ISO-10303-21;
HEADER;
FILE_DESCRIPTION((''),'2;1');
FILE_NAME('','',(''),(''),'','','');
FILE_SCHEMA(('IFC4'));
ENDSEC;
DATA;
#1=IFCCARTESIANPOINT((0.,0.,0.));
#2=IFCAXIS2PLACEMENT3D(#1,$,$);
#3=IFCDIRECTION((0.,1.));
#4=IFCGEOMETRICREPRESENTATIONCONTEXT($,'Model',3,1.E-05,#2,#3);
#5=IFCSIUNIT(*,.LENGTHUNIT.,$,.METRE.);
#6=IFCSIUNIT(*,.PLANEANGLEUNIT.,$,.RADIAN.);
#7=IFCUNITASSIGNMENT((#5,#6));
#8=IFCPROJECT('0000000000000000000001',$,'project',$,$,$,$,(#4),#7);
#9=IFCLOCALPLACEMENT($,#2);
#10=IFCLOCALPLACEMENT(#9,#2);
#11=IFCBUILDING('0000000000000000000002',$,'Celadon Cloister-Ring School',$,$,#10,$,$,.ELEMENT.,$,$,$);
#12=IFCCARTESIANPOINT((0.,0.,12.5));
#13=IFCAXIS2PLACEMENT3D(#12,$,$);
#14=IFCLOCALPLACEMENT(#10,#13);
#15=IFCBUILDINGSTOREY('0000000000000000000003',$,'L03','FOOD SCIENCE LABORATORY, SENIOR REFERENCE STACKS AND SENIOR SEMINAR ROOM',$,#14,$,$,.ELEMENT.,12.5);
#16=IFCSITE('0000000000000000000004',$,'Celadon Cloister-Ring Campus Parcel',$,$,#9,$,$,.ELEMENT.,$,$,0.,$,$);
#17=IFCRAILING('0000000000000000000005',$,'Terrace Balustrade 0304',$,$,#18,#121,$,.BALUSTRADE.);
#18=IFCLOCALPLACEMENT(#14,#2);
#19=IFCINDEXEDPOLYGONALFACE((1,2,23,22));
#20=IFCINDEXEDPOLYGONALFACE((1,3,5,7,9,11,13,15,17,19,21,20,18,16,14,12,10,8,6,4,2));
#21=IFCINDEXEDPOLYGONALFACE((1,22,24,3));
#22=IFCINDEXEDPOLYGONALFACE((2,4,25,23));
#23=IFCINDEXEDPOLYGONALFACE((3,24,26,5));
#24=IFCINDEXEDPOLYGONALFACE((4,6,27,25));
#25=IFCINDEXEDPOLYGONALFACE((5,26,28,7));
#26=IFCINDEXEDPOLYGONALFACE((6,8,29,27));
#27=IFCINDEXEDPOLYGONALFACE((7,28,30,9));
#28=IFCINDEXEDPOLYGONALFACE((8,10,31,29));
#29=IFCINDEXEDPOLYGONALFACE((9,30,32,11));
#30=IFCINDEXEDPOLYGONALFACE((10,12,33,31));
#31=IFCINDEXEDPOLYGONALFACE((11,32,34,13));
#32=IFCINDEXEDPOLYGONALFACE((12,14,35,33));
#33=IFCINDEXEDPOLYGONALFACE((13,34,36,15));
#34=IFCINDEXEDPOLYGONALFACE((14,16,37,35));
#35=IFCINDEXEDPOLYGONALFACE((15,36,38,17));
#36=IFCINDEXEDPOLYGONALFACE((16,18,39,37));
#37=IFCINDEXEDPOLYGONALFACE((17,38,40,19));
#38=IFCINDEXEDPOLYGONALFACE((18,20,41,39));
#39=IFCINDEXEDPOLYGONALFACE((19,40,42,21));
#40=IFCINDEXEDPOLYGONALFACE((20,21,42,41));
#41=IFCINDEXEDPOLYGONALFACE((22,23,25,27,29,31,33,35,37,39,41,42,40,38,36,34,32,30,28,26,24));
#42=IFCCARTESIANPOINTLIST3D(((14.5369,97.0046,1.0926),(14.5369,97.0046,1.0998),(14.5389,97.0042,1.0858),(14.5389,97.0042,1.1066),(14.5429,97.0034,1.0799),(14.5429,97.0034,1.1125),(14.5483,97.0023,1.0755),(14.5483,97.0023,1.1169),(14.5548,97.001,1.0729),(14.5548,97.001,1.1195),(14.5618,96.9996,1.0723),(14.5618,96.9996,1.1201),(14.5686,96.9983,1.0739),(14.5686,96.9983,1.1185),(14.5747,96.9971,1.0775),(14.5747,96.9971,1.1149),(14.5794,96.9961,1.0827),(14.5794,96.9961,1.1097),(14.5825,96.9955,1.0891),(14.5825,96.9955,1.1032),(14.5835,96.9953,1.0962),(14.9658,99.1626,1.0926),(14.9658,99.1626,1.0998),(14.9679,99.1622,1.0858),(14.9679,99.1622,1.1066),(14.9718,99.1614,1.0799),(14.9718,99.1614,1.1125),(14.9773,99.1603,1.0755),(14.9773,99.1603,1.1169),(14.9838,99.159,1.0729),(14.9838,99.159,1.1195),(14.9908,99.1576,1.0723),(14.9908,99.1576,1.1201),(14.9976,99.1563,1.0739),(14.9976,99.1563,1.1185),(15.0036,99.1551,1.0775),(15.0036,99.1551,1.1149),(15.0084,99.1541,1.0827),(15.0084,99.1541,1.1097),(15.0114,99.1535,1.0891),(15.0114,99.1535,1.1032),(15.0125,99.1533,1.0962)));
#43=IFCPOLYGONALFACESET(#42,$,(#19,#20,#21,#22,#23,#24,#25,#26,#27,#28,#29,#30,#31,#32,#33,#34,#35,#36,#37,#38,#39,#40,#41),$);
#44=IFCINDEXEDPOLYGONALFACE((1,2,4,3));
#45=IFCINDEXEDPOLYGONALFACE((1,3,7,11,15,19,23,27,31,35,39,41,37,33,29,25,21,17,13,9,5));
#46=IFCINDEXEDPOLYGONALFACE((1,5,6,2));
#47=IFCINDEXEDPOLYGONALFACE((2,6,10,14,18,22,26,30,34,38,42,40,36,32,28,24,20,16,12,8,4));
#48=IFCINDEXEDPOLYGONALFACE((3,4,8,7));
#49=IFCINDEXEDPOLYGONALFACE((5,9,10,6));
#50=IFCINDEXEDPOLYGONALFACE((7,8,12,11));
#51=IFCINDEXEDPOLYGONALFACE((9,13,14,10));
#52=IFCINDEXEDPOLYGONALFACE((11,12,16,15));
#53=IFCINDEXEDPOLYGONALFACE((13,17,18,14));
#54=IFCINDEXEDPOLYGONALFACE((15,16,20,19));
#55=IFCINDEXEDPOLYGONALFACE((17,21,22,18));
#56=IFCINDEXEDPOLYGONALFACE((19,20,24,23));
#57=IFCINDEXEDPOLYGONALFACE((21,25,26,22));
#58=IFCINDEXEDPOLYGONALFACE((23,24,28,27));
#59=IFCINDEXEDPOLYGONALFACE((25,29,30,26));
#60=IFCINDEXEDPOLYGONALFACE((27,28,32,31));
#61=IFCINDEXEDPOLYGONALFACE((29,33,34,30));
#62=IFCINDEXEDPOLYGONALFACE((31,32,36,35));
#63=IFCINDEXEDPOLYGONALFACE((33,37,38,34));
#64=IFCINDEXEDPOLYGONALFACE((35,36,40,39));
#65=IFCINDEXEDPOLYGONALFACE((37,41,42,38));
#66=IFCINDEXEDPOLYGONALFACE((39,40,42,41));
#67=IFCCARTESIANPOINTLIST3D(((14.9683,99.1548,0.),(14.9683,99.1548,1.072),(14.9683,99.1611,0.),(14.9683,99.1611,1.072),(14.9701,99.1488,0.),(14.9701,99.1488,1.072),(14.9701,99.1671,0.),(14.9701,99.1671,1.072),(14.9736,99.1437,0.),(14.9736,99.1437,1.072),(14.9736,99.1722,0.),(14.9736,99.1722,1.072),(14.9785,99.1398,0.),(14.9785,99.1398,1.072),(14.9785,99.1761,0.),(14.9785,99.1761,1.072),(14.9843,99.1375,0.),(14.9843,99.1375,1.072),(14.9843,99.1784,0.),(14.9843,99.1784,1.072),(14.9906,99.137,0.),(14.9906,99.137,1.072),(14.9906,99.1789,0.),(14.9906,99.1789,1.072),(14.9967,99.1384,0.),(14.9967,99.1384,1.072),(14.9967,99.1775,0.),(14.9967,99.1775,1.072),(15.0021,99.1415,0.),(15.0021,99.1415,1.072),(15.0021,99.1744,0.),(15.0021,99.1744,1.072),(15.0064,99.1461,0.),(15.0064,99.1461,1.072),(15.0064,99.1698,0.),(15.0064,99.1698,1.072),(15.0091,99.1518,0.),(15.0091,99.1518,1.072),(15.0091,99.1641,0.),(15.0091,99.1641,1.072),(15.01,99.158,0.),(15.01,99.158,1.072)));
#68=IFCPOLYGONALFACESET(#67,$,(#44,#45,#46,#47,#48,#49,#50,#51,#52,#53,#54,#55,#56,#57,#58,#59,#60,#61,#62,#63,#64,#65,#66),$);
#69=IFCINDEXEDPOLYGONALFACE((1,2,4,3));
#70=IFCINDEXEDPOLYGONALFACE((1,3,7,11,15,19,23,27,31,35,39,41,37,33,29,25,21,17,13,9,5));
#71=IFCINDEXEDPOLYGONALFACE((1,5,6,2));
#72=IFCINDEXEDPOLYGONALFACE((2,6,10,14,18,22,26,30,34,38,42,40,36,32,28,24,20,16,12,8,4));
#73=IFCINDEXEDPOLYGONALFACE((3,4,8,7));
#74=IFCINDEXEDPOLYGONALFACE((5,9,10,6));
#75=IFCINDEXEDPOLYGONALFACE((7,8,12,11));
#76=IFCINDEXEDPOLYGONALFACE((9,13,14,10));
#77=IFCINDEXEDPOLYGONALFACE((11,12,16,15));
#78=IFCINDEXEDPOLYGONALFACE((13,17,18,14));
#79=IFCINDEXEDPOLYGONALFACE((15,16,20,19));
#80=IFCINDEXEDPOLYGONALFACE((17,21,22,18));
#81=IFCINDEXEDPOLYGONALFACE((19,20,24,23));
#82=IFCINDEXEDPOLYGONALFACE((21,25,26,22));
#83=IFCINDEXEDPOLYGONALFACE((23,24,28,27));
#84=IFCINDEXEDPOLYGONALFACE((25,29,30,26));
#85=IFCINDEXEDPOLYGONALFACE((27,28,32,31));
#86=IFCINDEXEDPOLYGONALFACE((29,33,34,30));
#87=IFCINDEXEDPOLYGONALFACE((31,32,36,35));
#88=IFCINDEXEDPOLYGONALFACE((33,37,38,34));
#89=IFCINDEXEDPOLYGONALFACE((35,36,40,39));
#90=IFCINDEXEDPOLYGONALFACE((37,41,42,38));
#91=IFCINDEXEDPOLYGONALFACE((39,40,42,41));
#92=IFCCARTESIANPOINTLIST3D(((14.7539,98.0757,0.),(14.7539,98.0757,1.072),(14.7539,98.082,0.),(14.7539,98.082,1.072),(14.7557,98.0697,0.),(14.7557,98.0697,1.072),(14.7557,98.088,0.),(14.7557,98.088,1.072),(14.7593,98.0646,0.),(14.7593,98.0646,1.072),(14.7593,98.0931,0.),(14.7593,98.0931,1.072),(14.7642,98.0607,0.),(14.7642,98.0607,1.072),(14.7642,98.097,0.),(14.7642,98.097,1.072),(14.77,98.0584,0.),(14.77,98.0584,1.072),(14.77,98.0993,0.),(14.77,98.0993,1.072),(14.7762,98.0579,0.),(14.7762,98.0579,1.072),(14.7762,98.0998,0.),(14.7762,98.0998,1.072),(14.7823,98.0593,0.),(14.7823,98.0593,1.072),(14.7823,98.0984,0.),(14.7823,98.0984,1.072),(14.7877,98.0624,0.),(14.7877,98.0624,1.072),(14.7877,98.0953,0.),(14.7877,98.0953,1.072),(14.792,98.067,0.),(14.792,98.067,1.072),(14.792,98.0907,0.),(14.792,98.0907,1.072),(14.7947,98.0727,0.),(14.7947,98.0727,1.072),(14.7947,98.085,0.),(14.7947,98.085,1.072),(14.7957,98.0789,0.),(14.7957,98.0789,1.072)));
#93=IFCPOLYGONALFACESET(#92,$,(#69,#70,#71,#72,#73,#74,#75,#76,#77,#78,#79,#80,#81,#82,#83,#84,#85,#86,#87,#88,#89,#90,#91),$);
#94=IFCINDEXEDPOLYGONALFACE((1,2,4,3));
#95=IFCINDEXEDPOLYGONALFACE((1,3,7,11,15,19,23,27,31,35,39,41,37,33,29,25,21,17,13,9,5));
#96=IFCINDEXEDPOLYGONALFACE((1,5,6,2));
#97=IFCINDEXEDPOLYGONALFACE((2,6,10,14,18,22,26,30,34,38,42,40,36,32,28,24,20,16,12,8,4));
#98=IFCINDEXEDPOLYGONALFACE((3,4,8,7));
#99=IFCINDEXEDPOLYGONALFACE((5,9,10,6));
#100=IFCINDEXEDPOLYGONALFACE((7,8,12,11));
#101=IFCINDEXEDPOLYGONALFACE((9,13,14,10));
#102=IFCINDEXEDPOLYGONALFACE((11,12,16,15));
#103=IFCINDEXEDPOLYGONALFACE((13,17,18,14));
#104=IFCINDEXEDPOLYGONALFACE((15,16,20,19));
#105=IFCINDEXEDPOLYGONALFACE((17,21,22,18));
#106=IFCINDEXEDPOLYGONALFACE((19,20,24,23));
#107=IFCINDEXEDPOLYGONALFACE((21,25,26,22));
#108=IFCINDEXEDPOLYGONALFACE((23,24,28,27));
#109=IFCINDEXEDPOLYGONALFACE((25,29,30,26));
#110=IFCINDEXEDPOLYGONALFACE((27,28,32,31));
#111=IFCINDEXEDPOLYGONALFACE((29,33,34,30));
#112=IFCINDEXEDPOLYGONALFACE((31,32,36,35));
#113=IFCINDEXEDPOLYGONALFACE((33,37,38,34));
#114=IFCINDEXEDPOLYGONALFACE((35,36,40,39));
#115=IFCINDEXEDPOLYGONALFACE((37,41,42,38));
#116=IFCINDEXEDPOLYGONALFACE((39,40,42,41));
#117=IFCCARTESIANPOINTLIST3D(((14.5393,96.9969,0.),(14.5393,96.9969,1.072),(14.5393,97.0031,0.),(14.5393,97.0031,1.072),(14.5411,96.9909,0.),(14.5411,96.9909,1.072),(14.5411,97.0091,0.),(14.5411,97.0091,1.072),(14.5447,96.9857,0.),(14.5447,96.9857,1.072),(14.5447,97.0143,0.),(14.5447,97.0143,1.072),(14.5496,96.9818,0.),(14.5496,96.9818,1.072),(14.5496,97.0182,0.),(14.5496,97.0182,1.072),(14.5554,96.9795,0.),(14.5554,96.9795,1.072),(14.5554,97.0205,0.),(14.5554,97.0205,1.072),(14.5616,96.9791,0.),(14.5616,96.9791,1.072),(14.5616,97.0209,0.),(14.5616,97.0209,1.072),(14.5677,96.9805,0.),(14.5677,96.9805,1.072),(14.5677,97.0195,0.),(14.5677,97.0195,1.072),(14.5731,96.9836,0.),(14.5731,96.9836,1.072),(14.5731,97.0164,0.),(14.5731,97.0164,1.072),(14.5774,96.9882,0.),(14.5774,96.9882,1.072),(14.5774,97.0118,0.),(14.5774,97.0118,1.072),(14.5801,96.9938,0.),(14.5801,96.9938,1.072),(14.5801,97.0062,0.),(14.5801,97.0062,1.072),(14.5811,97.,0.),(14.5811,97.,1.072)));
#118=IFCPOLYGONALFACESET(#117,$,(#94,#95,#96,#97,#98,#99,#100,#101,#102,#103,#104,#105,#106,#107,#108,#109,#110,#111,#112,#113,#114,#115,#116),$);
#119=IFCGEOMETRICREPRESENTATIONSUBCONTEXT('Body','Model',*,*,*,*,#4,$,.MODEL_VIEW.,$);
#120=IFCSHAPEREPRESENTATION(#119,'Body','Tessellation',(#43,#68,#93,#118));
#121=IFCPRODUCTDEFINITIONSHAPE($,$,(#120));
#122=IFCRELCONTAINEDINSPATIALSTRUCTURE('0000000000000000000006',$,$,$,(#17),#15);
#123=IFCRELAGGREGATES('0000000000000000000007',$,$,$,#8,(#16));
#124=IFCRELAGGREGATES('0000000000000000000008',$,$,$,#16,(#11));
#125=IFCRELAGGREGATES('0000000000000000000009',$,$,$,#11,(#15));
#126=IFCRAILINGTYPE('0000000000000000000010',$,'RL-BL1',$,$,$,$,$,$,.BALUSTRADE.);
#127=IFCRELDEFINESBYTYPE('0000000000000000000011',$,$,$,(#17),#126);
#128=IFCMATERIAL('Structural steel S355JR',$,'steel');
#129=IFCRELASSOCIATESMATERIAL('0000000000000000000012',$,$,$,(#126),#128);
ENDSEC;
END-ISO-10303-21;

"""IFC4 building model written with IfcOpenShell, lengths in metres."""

from ifc_helpers import new_model, si_unit, direction, frame, origin, origin_2d, place, context, subcontext, project, spatial, circle, extrude, material, type_object, element, save


model = new_model("IFC4")

# Units and contexts
model_context = context("Model", 3, precision=1e-05, world=origin(), true_north=direction((0.0, 1.0)))
body_context = subcontext(model_context, "Body", "Model", "MODEL_VIEW")
ifc_project = project(units=[si_unit("LENGTHUNIT", "METRE"), si_unit("PLANEANGLEUNIT", "RADIAN")], contexts=[model_context])

# Site, building, storey
site_placement = place(None, origin())
site = spatial("IfcSite", under=ifc_project, at=site_placement, Name="Celadon Cloister-Ring Campus Parcel", CompositionType="ELEMENT", RefElevation=0.0)
building_placement = place(site_placement, origin())
building = spatial("IfcBuilding", under=site, at=building_placement, Name="Celadon Cloister-Ring School", CompositionType="ELEMENT")
storey_placement = place(building_placement, frame((0.0, 0.0, 12.5)))
storey = spatial("IfcBuildingStorey", under=building, at=storey_placement, Name="L03", Description="FOOD SCIENCE LABORATORY, SENIOR REFERENCE STACKS AND SENIOR SEMINAR ROOM", CompositionType="ELEMENT", Elevation=12.5)

# Railing
ifc_material_1 = material(Name="Structural steel S355JR", Category="steel")
railing_type = type_object("IfcRailingType", Name="RL-BL1", PredefinedType="BALUSTRADE", material=ifc_material_1)
railing_1_placement = place(storey_placement, frame((14.989, 99.158, 0.0)))
element("IfcRailing", 1, at=railing_1_placement, inside=storey, type_object=railing_type, Name="Terrace Balustrade 0304", PredefinedType="BALUSTRADE", context=body_context, shape_type="SweptSolid", body=[
    extrude(circle(Radius=0.0239, at=origin_2d()), frame((0.0, 0.0, 1.0962), z_axis=(-0.194964, -0.98081, 0.0), x_axis=(0.98081, -0.194964, 0.0)), (0.0, 0.0, 1.0), 2.2002),
    extrude(circle(Radius=0.021, at=origin_2d()), origin(), (0.0, 0.0, 1.0), 1.072),
    extrude(circle(Radius=0.021, at=origin_2d()), frame((-0.2144, -1.0791, 0.0)), (0.0, 0.0, 1.0), 1.072),
    extrude(circle(Radius=0.021, at=origin_2d()), frame((-0.429, -2.158, 0.0)), (0.0, 0.0, 1.0), 1.072),
])

save(model, "model.ifc")
